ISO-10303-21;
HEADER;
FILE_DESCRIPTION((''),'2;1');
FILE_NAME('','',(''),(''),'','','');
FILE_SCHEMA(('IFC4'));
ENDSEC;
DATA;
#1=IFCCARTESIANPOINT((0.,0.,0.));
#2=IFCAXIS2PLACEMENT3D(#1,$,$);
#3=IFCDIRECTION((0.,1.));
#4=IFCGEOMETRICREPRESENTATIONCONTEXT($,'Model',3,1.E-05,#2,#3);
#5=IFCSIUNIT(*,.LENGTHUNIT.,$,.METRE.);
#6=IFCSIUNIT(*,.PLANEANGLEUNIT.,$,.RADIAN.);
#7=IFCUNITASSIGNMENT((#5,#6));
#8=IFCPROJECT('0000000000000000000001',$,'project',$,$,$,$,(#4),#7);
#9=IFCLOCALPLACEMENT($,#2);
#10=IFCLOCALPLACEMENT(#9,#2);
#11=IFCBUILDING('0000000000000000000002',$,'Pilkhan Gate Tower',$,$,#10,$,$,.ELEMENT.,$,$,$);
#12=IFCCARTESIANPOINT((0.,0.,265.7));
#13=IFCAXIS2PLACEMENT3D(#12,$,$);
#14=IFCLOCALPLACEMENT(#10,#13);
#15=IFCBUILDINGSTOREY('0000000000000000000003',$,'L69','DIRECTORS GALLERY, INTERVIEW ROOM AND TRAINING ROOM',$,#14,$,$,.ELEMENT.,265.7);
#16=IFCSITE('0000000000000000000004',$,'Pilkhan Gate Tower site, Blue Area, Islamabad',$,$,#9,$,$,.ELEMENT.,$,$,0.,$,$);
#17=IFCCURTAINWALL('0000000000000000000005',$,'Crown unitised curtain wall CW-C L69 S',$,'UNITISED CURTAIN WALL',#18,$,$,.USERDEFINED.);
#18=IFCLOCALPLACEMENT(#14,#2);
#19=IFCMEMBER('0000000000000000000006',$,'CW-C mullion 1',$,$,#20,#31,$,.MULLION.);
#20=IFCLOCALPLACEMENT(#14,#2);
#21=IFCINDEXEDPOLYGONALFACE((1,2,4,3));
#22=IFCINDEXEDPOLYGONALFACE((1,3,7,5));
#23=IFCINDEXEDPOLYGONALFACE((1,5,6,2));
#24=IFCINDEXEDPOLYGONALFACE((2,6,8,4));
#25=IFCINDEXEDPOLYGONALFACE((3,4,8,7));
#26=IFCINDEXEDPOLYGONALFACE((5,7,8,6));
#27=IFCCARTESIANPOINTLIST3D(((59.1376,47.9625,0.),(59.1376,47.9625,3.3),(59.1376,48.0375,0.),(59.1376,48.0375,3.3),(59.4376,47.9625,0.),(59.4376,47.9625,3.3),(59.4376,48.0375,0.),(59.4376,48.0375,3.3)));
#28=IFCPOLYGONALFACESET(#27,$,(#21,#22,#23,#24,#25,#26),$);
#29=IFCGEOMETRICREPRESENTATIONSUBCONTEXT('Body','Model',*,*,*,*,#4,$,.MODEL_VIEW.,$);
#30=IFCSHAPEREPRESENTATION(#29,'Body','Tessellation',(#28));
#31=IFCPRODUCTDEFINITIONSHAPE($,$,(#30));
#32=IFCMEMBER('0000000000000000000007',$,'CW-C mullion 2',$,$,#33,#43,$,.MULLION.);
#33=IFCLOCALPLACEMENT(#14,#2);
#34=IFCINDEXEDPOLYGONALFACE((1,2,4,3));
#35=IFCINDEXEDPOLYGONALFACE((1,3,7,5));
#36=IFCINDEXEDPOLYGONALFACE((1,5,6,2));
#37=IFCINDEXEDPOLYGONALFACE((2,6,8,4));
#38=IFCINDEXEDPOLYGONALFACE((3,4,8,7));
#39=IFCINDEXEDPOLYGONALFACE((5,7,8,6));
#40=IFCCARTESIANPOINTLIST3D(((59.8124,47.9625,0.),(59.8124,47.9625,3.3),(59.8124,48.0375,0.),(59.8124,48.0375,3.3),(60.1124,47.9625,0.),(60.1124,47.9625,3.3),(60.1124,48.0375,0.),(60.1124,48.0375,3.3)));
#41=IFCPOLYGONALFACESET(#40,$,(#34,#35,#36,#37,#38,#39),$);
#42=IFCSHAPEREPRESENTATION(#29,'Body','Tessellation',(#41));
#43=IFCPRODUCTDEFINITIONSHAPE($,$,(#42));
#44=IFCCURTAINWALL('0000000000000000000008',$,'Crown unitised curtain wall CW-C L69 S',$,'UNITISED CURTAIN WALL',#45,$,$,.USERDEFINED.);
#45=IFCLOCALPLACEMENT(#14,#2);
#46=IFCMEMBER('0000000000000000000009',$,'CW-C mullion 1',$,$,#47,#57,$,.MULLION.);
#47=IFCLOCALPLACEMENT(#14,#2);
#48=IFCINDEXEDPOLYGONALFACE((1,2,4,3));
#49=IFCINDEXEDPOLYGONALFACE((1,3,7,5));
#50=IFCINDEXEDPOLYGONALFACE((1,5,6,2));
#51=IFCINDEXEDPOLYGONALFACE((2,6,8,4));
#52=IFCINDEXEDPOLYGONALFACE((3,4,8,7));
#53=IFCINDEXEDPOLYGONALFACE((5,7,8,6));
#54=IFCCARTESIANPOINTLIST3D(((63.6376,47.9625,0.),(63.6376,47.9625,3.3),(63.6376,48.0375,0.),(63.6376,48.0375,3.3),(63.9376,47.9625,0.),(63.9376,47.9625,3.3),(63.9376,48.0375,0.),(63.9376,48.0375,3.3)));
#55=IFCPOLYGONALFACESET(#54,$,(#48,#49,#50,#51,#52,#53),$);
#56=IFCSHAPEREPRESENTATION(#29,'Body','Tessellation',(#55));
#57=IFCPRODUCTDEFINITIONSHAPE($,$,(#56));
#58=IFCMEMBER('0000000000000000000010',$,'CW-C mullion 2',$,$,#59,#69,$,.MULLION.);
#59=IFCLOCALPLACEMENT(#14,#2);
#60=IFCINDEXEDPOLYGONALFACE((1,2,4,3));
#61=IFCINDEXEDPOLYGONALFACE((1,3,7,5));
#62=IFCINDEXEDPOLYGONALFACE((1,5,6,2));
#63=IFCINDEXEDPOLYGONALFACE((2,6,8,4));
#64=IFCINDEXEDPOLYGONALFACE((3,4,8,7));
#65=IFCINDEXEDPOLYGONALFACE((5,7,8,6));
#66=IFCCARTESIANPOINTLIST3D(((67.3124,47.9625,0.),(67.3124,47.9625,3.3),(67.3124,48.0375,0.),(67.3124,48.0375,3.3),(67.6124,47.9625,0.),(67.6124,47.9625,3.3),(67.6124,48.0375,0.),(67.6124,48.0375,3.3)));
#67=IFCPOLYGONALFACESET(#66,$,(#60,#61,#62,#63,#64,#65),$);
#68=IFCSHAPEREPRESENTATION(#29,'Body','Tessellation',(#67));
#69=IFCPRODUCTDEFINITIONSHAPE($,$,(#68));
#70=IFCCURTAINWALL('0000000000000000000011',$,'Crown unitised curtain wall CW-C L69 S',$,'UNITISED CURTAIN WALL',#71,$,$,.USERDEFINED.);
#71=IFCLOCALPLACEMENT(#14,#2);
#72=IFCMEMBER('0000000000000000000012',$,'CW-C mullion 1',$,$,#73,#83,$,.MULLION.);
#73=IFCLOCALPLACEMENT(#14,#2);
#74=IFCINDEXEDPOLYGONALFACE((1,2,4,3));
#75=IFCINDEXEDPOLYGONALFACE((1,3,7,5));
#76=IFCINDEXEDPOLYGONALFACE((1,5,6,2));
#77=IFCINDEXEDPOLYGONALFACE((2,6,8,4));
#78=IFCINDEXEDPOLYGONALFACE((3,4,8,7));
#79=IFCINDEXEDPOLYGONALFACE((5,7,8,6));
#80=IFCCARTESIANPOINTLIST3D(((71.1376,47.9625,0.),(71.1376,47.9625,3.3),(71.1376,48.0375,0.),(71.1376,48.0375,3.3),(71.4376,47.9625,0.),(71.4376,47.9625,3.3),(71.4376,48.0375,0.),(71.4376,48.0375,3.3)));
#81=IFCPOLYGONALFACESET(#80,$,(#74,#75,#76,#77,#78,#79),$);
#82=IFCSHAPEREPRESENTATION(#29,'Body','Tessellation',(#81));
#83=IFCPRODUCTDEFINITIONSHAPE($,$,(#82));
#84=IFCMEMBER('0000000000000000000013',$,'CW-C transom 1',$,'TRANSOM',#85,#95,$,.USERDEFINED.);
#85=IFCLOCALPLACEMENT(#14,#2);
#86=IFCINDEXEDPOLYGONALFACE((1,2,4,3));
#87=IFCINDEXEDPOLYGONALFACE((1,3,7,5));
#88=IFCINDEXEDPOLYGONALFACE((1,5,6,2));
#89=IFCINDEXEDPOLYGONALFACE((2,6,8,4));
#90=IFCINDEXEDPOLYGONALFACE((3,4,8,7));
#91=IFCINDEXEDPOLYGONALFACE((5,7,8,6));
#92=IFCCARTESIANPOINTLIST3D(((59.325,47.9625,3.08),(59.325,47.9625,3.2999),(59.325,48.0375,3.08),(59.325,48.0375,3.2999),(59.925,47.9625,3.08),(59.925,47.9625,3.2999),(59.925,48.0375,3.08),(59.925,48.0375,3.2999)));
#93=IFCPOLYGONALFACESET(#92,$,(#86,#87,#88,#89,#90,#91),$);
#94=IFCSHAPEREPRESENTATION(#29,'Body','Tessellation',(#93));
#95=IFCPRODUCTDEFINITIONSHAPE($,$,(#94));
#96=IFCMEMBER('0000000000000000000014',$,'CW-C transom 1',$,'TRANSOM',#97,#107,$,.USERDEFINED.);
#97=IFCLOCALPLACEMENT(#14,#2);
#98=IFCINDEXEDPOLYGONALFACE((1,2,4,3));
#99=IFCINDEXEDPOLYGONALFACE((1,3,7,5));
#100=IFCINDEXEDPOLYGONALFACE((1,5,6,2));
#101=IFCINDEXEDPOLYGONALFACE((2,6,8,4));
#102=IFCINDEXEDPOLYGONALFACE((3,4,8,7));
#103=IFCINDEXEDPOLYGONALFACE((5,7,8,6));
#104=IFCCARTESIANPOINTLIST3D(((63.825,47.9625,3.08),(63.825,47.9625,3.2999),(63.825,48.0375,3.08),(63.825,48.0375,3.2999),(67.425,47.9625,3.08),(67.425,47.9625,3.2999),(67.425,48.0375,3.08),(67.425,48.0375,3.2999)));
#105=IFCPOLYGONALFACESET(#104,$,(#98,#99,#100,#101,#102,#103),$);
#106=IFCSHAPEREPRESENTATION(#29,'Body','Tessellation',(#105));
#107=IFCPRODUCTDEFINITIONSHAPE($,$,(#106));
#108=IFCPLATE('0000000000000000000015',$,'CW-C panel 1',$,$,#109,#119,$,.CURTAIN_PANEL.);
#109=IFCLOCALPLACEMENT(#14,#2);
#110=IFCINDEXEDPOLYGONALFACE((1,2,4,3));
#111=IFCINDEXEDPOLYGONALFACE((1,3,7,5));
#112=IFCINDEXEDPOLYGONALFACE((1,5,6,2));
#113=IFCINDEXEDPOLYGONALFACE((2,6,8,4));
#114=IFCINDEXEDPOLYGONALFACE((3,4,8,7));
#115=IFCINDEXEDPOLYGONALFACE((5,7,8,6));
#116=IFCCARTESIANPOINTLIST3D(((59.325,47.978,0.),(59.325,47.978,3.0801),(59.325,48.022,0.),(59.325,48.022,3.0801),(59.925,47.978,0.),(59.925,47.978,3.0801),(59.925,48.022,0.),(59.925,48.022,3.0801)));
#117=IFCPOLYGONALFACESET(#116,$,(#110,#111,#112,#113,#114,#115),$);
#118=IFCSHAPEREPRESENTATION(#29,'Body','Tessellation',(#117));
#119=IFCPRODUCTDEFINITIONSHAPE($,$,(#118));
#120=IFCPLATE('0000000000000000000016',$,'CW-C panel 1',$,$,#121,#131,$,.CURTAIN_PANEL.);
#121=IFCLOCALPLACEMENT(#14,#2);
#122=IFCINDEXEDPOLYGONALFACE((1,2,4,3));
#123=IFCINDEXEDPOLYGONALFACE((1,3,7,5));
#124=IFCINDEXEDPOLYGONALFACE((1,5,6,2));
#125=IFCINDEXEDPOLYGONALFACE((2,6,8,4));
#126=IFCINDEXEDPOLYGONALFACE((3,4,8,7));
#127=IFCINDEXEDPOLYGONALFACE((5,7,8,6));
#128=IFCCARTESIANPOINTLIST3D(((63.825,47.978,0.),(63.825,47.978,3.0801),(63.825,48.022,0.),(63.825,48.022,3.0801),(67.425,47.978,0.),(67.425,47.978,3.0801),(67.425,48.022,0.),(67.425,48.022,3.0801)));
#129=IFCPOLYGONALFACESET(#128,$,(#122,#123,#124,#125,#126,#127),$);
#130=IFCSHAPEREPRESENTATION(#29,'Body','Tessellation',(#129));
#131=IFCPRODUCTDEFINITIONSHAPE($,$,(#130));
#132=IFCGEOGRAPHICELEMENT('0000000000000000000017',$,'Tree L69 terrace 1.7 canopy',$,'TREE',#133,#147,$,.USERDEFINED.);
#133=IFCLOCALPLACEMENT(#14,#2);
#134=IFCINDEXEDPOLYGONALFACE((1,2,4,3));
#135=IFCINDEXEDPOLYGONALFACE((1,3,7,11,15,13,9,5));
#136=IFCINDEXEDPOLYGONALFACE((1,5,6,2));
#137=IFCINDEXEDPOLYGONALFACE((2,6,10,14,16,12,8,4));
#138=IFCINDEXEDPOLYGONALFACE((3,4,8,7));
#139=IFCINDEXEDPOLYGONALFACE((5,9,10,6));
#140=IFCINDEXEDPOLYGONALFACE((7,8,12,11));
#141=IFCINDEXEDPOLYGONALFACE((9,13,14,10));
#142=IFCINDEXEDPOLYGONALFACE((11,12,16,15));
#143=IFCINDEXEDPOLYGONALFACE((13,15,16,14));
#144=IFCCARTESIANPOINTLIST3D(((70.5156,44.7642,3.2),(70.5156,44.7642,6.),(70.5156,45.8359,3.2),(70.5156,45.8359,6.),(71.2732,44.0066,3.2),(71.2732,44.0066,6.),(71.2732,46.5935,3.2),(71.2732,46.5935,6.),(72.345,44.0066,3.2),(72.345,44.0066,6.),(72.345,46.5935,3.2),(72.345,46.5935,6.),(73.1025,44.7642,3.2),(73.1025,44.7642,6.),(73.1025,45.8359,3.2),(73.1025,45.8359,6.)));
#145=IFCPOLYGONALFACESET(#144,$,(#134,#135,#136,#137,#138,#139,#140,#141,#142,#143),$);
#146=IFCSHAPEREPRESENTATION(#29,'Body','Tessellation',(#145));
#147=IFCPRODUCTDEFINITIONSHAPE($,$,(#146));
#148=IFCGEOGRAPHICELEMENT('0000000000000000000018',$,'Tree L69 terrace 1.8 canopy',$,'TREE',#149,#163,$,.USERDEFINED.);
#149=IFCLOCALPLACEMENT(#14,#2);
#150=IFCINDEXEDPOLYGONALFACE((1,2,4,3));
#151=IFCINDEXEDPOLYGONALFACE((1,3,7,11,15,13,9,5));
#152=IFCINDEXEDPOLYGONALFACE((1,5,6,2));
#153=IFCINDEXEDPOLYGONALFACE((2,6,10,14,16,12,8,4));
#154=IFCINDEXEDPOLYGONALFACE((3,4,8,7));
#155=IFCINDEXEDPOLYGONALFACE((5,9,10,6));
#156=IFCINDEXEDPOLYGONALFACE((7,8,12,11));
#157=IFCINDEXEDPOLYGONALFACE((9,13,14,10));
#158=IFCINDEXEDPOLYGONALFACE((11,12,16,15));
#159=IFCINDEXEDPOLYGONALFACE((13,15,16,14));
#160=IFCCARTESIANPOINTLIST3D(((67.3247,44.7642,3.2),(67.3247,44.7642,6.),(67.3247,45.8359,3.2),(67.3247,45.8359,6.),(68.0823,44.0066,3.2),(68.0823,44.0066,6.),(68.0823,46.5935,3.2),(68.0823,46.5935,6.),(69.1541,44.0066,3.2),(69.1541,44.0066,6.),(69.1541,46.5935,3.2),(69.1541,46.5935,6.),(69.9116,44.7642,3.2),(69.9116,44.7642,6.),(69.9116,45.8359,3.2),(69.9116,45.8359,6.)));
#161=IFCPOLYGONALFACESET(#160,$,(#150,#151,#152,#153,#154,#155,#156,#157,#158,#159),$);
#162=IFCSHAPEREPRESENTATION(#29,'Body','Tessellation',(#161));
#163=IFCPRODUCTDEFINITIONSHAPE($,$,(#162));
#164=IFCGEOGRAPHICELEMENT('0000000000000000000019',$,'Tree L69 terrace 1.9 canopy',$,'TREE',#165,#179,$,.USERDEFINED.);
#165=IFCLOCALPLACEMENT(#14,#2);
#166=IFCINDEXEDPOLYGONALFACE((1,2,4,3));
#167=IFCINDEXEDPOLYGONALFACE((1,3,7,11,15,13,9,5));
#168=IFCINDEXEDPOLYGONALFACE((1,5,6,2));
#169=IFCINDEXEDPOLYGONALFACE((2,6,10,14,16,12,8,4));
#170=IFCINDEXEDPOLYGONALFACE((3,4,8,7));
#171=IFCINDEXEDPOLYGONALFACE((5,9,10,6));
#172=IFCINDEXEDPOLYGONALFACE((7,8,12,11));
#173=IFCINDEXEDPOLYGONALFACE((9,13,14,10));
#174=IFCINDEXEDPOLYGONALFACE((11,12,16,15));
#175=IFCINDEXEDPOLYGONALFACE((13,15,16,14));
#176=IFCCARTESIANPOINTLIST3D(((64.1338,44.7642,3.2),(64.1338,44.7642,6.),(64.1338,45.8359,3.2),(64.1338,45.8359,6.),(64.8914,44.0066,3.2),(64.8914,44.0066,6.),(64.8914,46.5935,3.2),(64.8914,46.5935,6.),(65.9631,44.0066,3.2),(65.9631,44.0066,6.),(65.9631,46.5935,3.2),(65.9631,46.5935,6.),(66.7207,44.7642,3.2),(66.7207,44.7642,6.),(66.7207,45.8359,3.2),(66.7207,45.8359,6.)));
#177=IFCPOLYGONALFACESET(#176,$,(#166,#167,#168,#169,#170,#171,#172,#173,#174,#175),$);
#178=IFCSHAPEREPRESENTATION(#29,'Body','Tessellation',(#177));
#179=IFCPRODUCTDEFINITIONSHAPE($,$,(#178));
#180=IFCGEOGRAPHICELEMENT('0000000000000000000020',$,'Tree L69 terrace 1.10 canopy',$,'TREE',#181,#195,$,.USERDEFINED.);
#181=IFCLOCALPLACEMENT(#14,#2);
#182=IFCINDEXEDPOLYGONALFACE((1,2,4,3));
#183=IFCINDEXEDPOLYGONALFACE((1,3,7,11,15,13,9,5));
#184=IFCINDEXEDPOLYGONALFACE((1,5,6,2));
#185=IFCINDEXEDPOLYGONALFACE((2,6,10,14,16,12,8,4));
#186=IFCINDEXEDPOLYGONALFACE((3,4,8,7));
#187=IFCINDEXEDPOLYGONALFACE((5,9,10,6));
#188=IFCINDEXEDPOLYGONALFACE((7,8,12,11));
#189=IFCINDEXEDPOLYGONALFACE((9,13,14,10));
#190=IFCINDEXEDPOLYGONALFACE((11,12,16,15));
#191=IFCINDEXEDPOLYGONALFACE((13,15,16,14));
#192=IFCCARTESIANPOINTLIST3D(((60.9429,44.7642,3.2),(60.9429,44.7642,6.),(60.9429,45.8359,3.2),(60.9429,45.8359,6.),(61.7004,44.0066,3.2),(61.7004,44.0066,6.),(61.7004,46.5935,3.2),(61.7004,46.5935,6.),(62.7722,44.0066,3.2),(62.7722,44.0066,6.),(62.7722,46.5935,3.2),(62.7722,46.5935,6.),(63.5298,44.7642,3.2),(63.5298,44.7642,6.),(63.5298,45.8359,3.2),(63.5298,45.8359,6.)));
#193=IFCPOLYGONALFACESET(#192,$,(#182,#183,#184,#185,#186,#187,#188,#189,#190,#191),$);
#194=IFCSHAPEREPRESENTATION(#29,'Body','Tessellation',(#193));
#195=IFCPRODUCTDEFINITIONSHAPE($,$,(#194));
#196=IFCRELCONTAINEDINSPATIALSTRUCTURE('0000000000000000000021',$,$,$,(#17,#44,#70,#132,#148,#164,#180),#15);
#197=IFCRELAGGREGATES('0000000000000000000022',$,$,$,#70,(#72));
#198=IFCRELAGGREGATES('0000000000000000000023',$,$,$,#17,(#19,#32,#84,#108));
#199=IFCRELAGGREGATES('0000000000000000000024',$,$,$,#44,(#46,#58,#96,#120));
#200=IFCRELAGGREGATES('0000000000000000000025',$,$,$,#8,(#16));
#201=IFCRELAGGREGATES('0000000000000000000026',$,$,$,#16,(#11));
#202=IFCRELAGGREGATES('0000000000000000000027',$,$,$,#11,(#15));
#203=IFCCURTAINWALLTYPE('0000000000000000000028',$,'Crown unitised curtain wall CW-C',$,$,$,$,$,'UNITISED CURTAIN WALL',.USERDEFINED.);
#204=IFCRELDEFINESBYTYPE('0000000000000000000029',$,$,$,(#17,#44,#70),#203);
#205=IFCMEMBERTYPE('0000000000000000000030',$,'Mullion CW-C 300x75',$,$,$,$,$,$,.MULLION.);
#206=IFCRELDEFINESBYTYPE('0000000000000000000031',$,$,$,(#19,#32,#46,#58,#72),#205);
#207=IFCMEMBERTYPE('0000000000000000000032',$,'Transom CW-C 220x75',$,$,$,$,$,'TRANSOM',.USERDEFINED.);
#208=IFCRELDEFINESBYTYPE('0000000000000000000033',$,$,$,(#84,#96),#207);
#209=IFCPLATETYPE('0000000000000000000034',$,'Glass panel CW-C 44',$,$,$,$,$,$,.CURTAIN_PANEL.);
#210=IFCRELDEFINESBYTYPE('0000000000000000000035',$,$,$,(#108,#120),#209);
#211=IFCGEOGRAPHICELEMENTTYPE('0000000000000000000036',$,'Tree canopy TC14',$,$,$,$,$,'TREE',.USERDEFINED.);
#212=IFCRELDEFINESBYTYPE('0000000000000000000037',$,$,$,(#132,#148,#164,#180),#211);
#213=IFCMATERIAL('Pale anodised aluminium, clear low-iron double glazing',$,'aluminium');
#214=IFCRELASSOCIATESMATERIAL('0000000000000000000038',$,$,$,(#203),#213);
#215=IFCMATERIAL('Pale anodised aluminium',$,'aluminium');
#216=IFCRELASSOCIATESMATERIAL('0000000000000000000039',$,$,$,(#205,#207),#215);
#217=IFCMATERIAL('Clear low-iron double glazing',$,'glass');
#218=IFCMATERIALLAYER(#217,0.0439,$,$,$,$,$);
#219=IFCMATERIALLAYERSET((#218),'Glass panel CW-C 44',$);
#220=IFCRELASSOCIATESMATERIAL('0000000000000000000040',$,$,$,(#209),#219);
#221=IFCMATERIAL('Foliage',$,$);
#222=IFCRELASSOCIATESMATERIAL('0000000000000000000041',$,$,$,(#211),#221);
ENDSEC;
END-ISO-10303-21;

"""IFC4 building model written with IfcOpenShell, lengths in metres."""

from ifc_helpers import new_model, si_unit, direction, frame, origin, origin_2d, place, context, subcontext, project, spatial, polyline, rectangle, outline, extrude, material, layer, layer_set, material_profile, profile_set, type_object, element, aggregate, save


model = new_model("IFC4")

# Units and contexts
model_context = context("Model", 3, precision=1e-05, world=origin(), true_north=direction((0.0, 1.0)))
body_context = subcontext(model_context, "Body", "Model", "MODEL_VIEW")
ifc_project = project(units=[si_unit("LENGTHUNIT", "METRE"), si_unit("PLANEANGLEUNIT", "RADIAN")], contexts=[model_context])

# Site, building, storey
site_placement = place(None, origin())
site = spatial("IfcSite", under=ifc_project, at=site_placement, Name="Pilkhan Gate Tower site, Blue Area, Islamabad", CompositionType="ELEMENT", RefElevation=0.0)
building_placement = place(site_placement, origin())
building = spatial("IfcBuilding", under=site, at=building_placement, Name="Pilkhan Gate Tower", CompositionType="ELEMENT")
storey_placement = place(building_placement, frame((0.0, 0.0, 265.7)))
storey = spatial("IfcBuildingStorey", under=building, at=storey_placement, Name="L69", Description="DIRECTORS GALLERY, INTERVIEW ROOM AND TRAINING ROOM", CompositionType="ELEMENT", Elevation=265.7)

# Curtain walls, members
ifc_material_1 = material(Name="Pale anodised aluminium, clear low-iron double glazing", Category="aluminium")
curtain_wall_type = type_object("IfcCurtainWallType", Name="Crown unitised curtain wall CW-C", ElementType="UNITISED CURTAIN WALL", PredefinedType="USERDEFINED", material=ifc_material_1)
curtain_wall_1_placement = place(storey_placement, origin())
curtain_wall_1 = element("IfcCurtainWall", 1, at=curtain_wall_1_placement, inside=storey, type_object=curtain_wall_type, Name="Crown unitised curtain wall CW-C L69 S", ObjectType="UNITISED CURTAIN WALL", PredefinedType="USERDEFINED")
ifc_material_2 = material(Name="Pale anodised aluminium", Category="aluminium")
ifc_material_profile_1 = material_profile(ifc_material_2, rectangle(XDim=0.075, YDim=0.3, at=origin_2d()), Name="Mullion 300x75")
ifc_profile_set_1 = profile_set([ifc_material_profile_1], Name="Pale anodised aluminium")
member_type_1 = type_object("IfcMemberType", Name="Mullion CW-C 300x75", PredefinedType="MULLION", material=ifc_profile_set_1)
member_1_placement = place(storey_placement, frame((59.2876, 48.0, 0.0), z_axis=(0.0, 0.0, 1.0), x_axis=(0.0, 1.0, 0.0)))
member_1 = element("IfcMember", 2, at=member_1_placement, type_object=member_type_1, Name="CW-C mullion 1", PredefinedType="MULLION", context=body_context, shape_type="SweptSolid", body=[
    extrude(rectangle(XDim=0.075, YDim=0.3, at=origin_2d()), origin(), (0.0, 0.0, 1.0), 3.3),
])
member_2_placement = place(storey_placement, frame((59.9624, 48.0, 0.0), z_axis=(0.0, 0.0, 1.0), x_axis=(0.0, 1.0, 0.0)))
member_2 = element("IfcMember", 3, at=member_2_placement, type_object=member_type_1, Name="CW-C mullion 2", PredefinedType="MULLION", context=body_context, shape_type="SweptSolid", body=[
    extrude(rectangle(XDim=0.075, YDim=0.3, at=origin_2d()), origin(), (0.0, 0.0, 1.0), 3.3),
])
curtain_wall_2_placement = place(storey_placement, origin())
curtain_wall_2 = element("IfcCurtainWall", 4, at=curtain_wall_2_placement, inside=storey, type_object=curtain_wall_type, Name="Crown unitised curtain wall CW-C L69 S", ObjectType="UNITISED CURTAIN WALL", PredefinedType="USERDEFINED")
member_3_placement = place(storey_placement, frame((63.7876, 48.0, 0.0), z_axis=(0.0, 0.0, 1.0), x_axis=(0.0, 1.0, 0.0)))
member_3 = element("IfcMember", 5, at=member_3_placement, type_object=member_type_1, Name="CW-C mullion 1", PredefinedType="MULLION", context=body_context, shape_type="SweptSolid", body=[
    extrude(rectangle(XDim=0.075, YDim=0.3, at=origin_2d()), origin(), (0.0, 0.0, 1.0), 3.3),
])
member_4_placement = place(storey_placement, frame((67.4624, 48.0, 0.0), z_axis=(0.0, 0.0, 1.0), x_axis=(0.0, 1.0, 0.0)))
member_4 = element("IfcMember", 6, at=member_4_placement, type_object=member_type_1, Name="CW-C mullion 2", PredefinedType="MULLION", context=body_context, shape_type="SweptSolid", body=[
    extrude(rectangle(XDim=0.075, YDim=0.3, at=origin_2d()), origin(), (0.0, 0.0, 1.0), 3.3),
])

# Curtain wall, member
curtain_wall_3_placement = place(storey_placement, origin())
curtain_wall_3 = element("IfcCurtainWall", 7, at=curtain_wall_3_placement, inside=storey, type_object=curtain_wall_type, Name="Crown unitised curtain wall CW-C L69 S", ObjectType="UNITISED CURTAIN WALL", PredefinedType="USERDEFINED")
member_5_placement = place(storey_placement, frame((71.2876, 48.0, 0.0), z_axis=(0.0, 0.0, 1.0), x_axis=(0.0, 1.0, 0.0)))
member_5 = element("IfcMember", 8, at=member_5_placement, type_object=member_type_1, Name="CW-C mullion 1", PredefinedType="MULLION", context=body_context, shape_type="SweptSolid", body=[
    extrude(rectangle(XDim=0.075, YDim=0.3, at=origin_2d()), origin(), (0.0, 0.0, 1.0), 3.3),
])
aggregate(curtain_wall_3, [member_5])

# Members
ifc_material_profile_2 = material_profile(ifc_material_2, rectangle(XDim=0.075, YDim=0.22, at=origin_2d()), Name="Transom 220x75")
ifc_profile_set_2 = profile_set([ifc_material_profile_2], Name="Pale anodised aluminium")
member_type_2 = type_object("IfcMemberType", Name="Transom CW-C 220x75", ElementType="TRANSOM", PredefinedType="USERDEFINED", material=ifc_profile_set_2)
member_6_placement = place(storey_placement, frame((59.325, 48.0, 3.1899), z_axis=(1.0, 0.0, 0.0), x_axis=(0.0, 1.0, 0.0)))
member_6 = element("IfcMember", 9, at=member_6_placement, type_object=member_type_2, Name="CW-C transom 1", ObjectType="TRANSOM", PredefinedType="USERDEFINED", context=body_context, shape_type="SweptSolid", body=[
    extrude(rectangle(XDim=0.075, YDim=0.22, at=origin_2d()), origin(), (0.0, 0.0, 1.0), 0.6001),
])
member_7_placement = place(storey_placement, frame((63.825, 48.0, 3.1899), z_axis=(1.0, 0.0, 0.0), x_axis=(0.0, 1.0, 0.0)))
member_7 = element("IfcMember", 10, at=member_7_placement, type_object=member_type_2, Name="CW-C transom 1", ObjectType="TRANSOM", PredefinedType="USERDEFINED", context=body_context, shape_type="SweptSolid", body=[
    extrude(rectangle(XDim=0.075, YDim=0.22, at=origin_2d()), origin(), (0.0, 0.0, 1.0), 3.6001),
])

# Plates
ifc_material_3 = material(Name="Clear low-iron double glazing", Category="glass")
ifc_layer_1 = layer(ifc_material_3, 0.0439)
ifc_layer_set_1 = layer_set([ifc_layer_1], Name="Glass panel CW-C 44")
plate_type = type_object("IfcPlateType", Name="Glass panel CW-C 44", PredefinedType="CURTAIN_PANEL", material=ifc_layer_set_1)
plate_1_placement = place(storey_placement, frame((59.625, 48.0, 0.0), z_axis=(0.0, 0.0, 1.0), x_axis=(1.0, 0.0, 0.0)))
plate_1 = element("IfcPlate", 11, at=plate_1_placement, type_object=plate_type, Name="CW-C panel 1", PredefinedType="CURTAIN_PANEL", context=body_context, shape_type="SweptSolid", body=[
    extrude(rectangle(XDim=0.6001, YDim=0.0439, at=origin_2d()), origin(), (0.0, 0.0, 1.0), 3.0801),
])
aggregate(curtain_wall_1, [member_1, member_2, member_6, plate_1])
plate_2_placement = place(storey_placement, frame((65.625, 48.0, 0.0), z_axis=(0.0, 0.0, 1.0), x_axis=(1.0, 0.0, 0.0)))
plate_2 = element("IfcPlate", 12, at=plate_2_placement, type_object=plate_type, Name="CW-C panel 1", PredefinedType="CURTAIN_PANEL", context=body_context, shape_type="SweptSolid", body=[
    extrude(rectangle(XDim=3.6001, YDim=0.0439, at=origin_2d()), origin(), (0.0, 0.0, 1.0), 3.0801),
])
aggregate(curtain_wall_2, [member_3, member_4, member_7, plate_2])

# Geographic elements
ifc_material_4 = material(Name="Foliage")
ifc_material_profile_3 = material_profile(ifc_material_4, outline(polyline([(1.2935, 0.5359), (0.5359, 1.2935), (-0.5359, 1.2935), (-1.2935, 0.5359), (-1.2935, -0.5359), (-0.5359, -1.2935), (0.5359, -1.2935), (1.2935, -0.5359), (1.2935, 0.5359)])), Name="Canopy D2.8")
ifc_profile_set_3 = profile_set([ifc_material_profile_3], Name="Foliage")
geographic_element_type_1 = type_object("IfcGeographicElementType", Name="Tree canopy TC14", ElementType="TREE", PredefinedType="USERDEFINED", material=ifc_profile_set_3)
for number, where, z_axis, x_axis, name in (
    (13, (71.8091, 45.3, 3.2), (0.0, 0.0, 1.0), (1.0, 0.0, 0.0), "Tree L69 terrace 1.7 canopy"),
    (14, (68.6182, 45.3, 3.2), (0.0, 0.0, 1.0), (1.0, 0.0, 0.0), "Tree L69 terrace 1.8 canopy"),
    (15, (65.4272, 45.3, 3.2), (0.0, 0.0, 1.0), (1.0, 0.0, 0.0), "Tree L69 terrace 1.9 canopy"),
    (16, (62.2363, 45.3, 3.2), (0.0, 0.0, 1.0), (1.0, 0.0, 0.0), "Tree L69 terrace 1.10 canopy"),
):
    element("IfcGeographicElement", number, at=place(storey_placement, frame(where, z_axis=z_axis, x_axis=x_axis)), inside=storey, type_object=geographic_element_type_1, Name=name, ObjectType="TREE", PredefinedType="USERDEFINED", context=body_context, shape_type="SweptSolid", body=[
        extrude(outline(polyline([(1.2935, 0.5359), (0.5359, 1.2935), (-0.5359, 1.2935), (-1.2935, 0.5359), (-1.2935, -0.5359), (-0.5359, -1.2935), (0.5359, -1.2935), (1.2935, -0.5359), (1.2935, 0.5359)])), origin(), (0.0, 0.0, 1.0), 2.8),
    ])

save(model, "model.ifc")
